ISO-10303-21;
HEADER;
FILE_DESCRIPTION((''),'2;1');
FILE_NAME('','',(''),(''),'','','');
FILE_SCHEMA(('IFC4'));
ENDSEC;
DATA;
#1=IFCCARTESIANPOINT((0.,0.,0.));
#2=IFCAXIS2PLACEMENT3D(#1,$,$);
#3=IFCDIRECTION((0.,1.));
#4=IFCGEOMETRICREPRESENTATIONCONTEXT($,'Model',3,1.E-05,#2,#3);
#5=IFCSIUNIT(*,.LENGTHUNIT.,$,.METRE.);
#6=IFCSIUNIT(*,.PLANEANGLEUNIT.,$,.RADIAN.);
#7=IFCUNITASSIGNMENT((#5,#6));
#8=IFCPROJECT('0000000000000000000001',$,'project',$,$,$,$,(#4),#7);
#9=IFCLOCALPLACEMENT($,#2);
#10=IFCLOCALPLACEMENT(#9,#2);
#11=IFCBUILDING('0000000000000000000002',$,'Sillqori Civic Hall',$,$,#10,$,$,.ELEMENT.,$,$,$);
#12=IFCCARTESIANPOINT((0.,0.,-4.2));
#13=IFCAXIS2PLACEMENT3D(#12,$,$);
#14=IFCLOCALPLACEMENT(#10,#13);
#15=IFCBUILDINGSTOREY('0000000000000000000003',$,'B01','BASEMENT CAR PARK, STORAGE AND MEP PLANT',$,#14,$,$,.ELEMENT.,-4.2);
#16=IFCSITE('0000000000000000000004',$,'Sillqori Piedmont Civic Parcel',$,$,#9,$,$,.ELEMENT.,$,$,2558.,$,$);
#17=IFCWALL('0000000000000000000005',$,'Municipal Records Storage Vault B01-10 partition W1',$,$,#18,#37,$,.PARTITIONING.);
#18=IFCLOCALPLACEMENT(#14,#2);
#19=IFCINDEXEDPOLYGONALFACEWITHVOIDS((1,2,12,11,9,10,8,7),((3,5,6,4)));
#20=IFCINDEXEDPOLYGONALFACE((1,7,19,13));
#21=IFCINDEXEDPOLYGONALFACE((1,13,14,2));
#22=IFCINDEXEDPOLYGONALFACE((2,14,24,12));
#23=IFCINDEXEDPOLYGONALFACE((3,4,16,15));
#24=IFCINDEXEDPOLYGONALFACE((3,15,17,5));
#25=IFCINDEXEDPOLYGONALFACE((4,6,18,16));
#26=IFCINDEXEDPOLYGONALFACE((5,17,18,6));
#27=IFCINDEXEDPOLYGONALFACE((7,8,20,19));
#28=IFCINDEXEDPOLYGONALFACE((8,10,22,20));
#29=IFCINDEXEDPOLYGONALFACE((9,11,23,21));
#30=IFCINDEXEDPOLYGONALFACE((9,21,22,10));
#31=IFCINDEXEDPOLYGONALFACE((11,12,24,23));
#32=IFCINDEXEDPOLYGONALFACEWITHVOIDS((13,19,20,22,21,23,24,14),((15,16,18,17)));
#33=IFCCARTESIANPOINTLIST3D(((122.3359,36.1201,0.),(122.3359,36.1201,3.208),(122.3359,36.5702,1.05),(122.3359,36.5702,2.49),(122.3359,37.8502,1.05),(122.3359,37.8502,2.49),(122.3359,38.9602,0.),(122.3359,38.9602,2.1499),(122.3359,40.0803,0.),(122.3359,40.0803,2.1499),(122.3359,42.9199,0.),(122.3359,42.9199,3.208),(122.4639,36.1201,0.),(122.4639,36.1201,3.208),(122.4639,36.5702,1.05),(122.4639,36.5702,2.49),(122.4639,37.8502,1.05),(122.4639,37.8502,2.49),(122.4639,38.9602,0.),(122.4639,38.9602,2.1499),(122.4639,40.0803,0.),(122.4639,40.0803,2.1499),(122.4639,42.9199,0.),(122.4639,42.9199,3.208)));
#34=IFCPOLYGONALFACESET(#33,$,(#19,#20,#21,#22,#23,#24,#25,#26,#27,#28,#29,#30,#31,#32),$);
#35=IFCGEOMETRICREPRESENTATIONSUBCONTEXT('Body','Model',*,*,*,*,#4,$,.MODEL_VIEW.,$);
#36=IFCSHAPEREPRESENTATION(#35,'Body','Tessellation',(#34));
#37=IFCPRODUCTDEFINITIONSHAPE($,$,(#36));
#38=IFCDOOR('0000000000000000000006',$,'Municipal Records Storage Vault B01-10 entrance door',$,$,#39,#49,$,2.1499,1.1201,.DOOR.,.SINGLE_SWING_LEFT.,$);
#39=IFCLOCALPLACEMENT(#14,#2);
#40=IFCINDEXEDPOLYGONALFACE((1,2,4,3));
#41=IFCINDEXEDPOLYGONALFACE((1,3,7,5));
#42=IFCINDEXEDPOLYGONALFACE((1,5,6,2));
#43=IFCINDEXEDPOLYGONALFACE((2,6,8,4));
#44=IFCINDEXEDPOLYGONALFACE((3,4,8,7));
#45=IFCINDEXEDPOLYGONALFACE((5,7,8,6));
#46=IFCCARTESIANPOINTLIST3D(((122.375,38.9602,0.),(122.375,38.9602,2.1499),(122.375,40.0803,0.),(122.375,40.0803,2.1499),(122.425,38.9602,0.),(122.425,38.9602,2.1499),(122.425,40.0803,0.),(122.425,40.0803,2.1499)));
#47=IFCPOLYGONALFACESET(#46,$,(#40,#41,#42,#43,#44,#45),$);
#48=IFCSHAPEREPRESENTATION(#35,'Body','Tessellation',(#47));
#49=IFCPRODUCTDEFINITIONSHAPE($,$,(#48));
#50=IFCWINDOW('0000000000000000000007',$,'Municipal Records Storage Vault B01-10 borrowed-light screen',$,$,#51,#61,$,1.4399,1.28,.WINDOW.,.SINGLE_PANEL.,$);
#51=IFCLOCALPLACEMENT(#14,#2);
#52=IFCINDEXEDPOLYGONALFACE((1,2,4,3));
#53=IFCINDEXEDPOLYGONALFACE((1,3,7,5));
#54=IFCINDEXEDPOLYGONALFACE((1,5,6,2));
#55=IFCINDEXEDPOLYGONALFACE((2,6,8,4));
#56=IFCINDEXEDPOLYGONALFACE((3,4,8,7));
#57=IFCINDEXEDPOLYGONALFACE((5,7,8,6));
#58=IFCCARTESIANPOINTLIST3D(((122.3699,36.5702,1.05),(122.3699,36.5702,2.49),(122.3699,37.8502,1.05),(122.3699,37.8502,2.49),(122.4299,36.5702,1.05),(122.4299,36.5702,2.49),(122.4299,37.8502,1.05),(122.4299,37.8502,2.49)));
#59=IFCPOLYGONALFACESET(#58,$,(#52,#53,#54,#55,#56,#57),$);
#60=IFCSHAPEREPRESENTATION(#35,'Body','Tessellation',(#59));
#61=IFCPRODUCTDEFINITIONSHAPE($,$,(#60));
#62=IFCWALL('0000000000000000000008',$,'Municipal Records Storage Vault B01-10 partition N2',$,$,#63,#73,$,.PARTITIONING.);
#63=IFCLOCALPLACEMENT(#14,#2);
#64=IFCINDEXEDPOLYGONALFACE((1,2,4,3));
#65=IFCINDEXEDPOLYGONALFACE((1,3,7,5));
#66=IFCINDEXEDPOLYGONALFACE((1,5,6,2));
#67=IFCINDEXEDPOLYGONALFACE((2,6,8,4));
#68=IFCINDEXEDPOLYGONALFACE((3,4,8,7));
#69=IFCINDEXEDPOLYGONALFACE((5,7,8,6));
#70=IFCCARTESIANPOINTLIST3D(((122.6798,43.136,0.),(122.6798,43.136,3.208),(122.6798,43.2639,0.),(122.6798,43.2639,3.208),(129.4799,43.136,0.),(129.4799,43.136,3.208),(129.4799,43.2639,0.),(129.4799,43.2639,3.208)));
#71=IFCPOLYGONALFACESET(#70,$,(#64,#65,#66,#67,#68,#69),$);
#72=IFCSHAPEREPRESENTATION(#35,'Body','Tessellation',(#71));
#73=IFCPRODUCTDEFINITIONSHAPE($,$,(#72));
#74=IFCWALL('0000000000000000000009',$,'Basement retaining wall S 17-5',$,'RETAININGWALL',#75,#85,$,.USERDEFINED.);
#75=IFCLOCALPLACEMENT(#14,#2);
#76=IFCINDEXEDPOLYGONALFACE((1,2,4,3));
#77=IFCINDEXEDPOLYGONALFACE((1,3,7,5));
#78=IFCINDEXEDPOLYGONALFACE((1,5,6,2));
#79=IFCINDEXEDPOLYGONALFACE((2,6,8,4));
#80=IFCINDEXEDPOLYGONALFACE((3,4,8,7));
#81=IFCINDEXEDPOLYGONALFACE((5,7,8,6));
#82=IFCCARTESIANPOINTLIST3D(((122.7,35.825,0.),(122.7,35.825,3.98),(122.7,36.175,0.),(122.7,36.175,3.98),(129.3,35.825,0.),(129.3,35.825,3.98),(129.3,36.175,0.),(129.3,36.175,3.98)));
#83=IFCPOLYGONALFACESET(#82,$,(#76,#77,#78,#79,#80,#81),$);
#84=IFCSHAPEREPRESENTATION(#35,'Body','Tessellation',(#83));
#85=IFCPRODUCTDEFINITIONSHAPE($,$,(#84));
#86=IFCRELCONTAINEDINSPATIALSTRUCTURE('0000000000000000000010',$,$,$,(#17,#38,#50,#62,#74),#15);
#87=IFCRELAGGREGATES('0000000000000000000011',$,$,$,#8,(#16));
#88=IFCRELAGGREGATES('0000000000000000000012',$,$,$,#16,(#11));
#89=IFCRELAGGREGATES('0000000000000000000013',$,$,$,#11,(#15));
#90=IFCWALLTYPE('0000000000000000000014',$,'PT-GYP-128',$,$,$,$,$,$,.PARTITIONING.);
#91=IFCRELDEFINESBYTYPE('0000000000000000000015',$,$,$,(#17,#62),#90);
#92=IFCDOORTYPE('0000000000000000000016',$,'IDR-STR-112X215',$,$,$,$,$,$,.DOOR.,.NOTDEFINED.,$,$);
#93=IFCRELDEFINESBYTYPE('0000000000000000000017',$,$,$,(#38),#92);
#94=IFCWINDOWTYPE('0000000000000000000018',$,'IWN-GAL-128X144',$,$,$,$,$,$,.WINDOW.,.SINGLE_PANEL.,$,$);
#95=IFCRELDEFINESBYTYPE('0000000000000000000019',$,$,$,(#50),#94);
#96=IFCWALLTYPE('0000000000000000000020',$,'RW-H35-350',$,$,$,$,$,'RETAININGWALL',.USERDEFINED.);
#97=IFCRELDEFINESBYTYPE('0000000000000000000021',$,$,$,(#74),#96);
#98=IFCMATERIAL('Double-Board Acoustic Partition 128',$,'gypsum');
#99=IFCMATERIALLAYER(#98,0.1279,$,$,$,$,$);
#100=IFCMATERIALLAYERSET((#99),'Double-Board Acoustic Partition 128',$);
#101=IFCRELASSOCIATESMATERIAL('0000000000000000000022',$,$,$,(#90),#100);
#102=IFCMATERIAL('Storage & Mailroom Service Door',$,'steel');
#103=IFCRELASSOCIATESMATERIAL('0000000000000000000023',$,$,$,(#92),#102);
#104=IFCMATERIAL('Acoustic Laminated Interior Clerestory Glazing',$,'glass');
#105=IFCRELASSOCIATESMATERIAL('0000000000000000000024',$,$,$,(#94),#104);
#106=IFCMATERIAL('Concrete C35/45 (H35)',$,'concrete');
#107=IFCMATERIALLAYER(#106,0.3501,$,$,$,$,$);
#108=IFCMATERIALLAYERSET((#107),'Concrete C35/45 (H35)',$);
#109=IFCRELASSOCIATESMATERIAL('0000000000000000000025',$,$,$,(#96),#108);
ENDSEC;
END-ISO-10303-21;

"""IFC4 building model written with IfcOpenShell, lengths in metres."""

from ifc_helpers import new_model, si_unit, direction, frame, frame_2d, origin, place, context, subcontext, project, spatial, rectangle, extrude, material, layer, layer_set, type_object, element, fill, save


model = new_model("IFC4")

# Units and contexts
model_context = context("Model", 3, precision=1e-05, world=origin(), true_north=direction((0.0, 1.0)))
body_context = subcontext(model_context, "Body", "Model", "MODEL_VIEW")
ifc_project = project(units=[si_unit("LENGTHUNIT", "METRE"), si_unit("PLANEANGLEUNIT", "RADIAN")], contexts=[model_context])

# Site, building, storey
site_placement = place(None, origin())
site = spatial("IfcSite", under=ifc_project, at=site_placement, Name="Sillqori Piedmont Civic Parcel", CompositionType="ELEMENT", RefElevation=2558.0)
building_placement = place(site_placement, origin())
building = spatial("IfcBuilding", under=site, at=building_placement, Name="Sillqori Civic Hall", CompositionType="ELEMENT")
storey_placement = place(building_placement, frame((0.0, 0.0, -4.2)))
storey = spatial("IfcBuildingStorey", under=building, at=storey_placement, Name="B01", Description="BASEMENT CAR PARK, STORAGE AND MEP PLANT", CompositionType="ELEMENT", Elevation=-4.2)

# Shared definitions
ifc_material_1 = material(Name="Concrete C35/45 (H35)", Category="concrete")

# Wall, openings, door, window
ifc_material_2 = material(Name="Double-Board Acoustic Partition 128", Category="gypsum")
ifc_layer_1 = layer(ifc_material_2, 0.1279)
ifc_layer_set_1 = layer_set([ifc_layer_1], Name="Double-Board Acoustic Partition 128")
wall_type_1 = type_object("IfcWallType", Name="PT-GYP-128", PredefinedType="PARTITIONING", material=ifc_layer_set_1)
wall_1_placement = place(storey_placement, frame((122.3999, 36.1201, 0.0), z_axis=(0.0, 0.0, 1.0), x_axis=(0.0, 1.0, 0.0)))
wall_1 = element("IfcWall", 1, at=wall_1_placement, inside=storey, type_object=wall_type_1, Name="Municipal Records Storage Vault B01-10 partition W1", PredefinedType="PARTITIONING", context=body_context, shape_type="SweptSolid", body=[
    extrude(rectangle(XDim=6.7998, YDim=0.1279, at=frame_2d((3.3999, 0.0))), origin(), (0.0, 0.0, 1.0), 3.208),
])
opening_1_placement = place(wall_1_placement, frame((2.8401, 0.0, 0.0)))
opening_1 = element("IfcOpeningElement", 2, at=opening_1_placement, cuts=wall_1, PredefinedType="OPENING", context=body_context, shape_type="SweptSolid", body=[
    extrude(rectangle(XDim=1.1201, YDim=2.1499, at=frame_2d((0.5601, 1.075))), frame((0.0, 0.074, 0.0), z_axis=(0.0, -1.0, 0.0), x_axis=(1.0, 0.0, 0.0)), (0.0, 0.0, 1.0), 0.1479),
])
opening_2_placement = place(wall_1_placement, frame((0.45, 0.0, 1.05)))
opening_2 = element("IfcOpeningElement", 3, at=opening_2_placement, cuts=wall_1, PredefinedType="OPENING", context=body_context, shape_type="SweptSolid", body=[
    extrude(rectangle(XDim=1.28, YDim=1.4399, at=frame_2d((0.6401, 0.72))), frame((0.0, 0.074, 0.0), z_axis=(0.0, -1.0, 0.0), x_axis=(1.0, 0.0, 0.0)), (0.0, 0.0, 1.0), 0.1479),
])
ifc_material_3 = material(Name="Storage & Mailroom Service Door", Category="steel")
door_type = type_object("IfcDoorType", Name="IDR-STR-112X215", OperationType="NOTDEFINED", PredefinedType="DOOR", material=ifc_material_3)
door_placement = place(opening_1_placement, origin())
door = element("IfcDoor", 4, at=door_placement, inside=storey, type_object=door_type, Name="Municipal Records Storage Vault B01-10 entrance door", OperationType="SINGLE_SWING_LEFT", OverallHeight=2.1499, OverallWidth=1.1201, PredefinedType="DOOR", context=body_context, shape_type="SweptSolid", body=[
    extrude(rectangle(XDim=1.1201, YDim=2.1499, at=frame_2d((0.5601, 1.075))), frame((0.0, 0.0249, 0.0), z_axis=(0.0, -1.0, 0.0), x_axis=(1.0, 0.0, 0.0)), (0.0, 0.0, 1.0), 0.05),
])
fill(opening_1, door)
ifc_material_4 = material(Name="Acoustic Laminated Interior Clerestory Glazing", Category="glass")
window_type = type_object("IfcWindowType", Name="IWN-GAL-128X144", PartitioningType="SINGLE_PANEL", PredefinedType="WINDOW", material=ifc_material_4)
window_placement = place(opening_2_placement, origin())
window = element("IfcWindow", 5, at=window_placement, inside=storey, type_object=window_type, Name="Municipal Records Storage Vault B01-10 borrowed-light screen", OverallHeight=1.4399, OverallWidth=1.28, PartitioningType="SINGLE_PANEL", PredefinedType="WINDOW", context=body_context, shape_type="SweptSolid", body=[
    extrude(rectangle(XDim=1.28, YDim=1.4399, at=frame_2d((0.6401, 0.72))), frame((0.0, 0.03, 0.0), z_axis=(0.0, -1.0, 0.0), x_axis=(1.0, 0.0, 0.0)), (0.0, 0.0, 1.0), 0.0601),
])
fill(opening_2, window)

# Walls
wall_2_placement = place(storey_placement, frame((122.6799, 43.2, 0.0), z_axis=(0.0, 0.0, 1.0), x_axis=(1.0, 0.0, 0.0)))
element("IfcWall", 6, at=wall_2_placement, inside=storey, type_object=wall_type_1, Name="Municipal Records Storage Vault B01-10 partition N2", PredefinedType="PARTITIONING", context=body_context, shape_type="SweptSolid", body=[
    extrude(rectangle(XDim=6.8, YDim=0.1279, at=frame_2d((3.3999, 0.0))), origin(), (0.0, 0.0, 1.0), 3.208),
])
ifc_layer_2 = layer(ifc_material_1, 0.3501)
ifc_layer_set_2 = layer_set([ifc_layer_2], Name="Concrete C35/45 (H35)")
wall_type_2 = type_object("IfcWallType", Name="RW-H35-350", ElementType="RETAININGWALL", PredefinedType="USERDEFINED", material=ifc_layer_set_2)
wall_3_placement = place(storey_placement, frame((122.7, 36.0, 0.0), z_axis=(0.0, 0.0, 1.0), x_axis=(1.0, 0.0, 0.0)))
element("IfcWall", 7, at=wall_3_placement, inside=storey, type_object=wall_type_2, Name="Basement retaining wall S 17-5", ObjectType="RETAININGWALL", PredefinedType="USERDEFINED", context=body_context, shape_type="SweptSolid", body=[
    extrude(rectangle(XDim=6.6001, YDim=0.3501, at=frame_2d((3.3, 0.0))), origin(), (0.0, 0.0, 1.0), 3.98),
])

save(model, "model.ifc")
